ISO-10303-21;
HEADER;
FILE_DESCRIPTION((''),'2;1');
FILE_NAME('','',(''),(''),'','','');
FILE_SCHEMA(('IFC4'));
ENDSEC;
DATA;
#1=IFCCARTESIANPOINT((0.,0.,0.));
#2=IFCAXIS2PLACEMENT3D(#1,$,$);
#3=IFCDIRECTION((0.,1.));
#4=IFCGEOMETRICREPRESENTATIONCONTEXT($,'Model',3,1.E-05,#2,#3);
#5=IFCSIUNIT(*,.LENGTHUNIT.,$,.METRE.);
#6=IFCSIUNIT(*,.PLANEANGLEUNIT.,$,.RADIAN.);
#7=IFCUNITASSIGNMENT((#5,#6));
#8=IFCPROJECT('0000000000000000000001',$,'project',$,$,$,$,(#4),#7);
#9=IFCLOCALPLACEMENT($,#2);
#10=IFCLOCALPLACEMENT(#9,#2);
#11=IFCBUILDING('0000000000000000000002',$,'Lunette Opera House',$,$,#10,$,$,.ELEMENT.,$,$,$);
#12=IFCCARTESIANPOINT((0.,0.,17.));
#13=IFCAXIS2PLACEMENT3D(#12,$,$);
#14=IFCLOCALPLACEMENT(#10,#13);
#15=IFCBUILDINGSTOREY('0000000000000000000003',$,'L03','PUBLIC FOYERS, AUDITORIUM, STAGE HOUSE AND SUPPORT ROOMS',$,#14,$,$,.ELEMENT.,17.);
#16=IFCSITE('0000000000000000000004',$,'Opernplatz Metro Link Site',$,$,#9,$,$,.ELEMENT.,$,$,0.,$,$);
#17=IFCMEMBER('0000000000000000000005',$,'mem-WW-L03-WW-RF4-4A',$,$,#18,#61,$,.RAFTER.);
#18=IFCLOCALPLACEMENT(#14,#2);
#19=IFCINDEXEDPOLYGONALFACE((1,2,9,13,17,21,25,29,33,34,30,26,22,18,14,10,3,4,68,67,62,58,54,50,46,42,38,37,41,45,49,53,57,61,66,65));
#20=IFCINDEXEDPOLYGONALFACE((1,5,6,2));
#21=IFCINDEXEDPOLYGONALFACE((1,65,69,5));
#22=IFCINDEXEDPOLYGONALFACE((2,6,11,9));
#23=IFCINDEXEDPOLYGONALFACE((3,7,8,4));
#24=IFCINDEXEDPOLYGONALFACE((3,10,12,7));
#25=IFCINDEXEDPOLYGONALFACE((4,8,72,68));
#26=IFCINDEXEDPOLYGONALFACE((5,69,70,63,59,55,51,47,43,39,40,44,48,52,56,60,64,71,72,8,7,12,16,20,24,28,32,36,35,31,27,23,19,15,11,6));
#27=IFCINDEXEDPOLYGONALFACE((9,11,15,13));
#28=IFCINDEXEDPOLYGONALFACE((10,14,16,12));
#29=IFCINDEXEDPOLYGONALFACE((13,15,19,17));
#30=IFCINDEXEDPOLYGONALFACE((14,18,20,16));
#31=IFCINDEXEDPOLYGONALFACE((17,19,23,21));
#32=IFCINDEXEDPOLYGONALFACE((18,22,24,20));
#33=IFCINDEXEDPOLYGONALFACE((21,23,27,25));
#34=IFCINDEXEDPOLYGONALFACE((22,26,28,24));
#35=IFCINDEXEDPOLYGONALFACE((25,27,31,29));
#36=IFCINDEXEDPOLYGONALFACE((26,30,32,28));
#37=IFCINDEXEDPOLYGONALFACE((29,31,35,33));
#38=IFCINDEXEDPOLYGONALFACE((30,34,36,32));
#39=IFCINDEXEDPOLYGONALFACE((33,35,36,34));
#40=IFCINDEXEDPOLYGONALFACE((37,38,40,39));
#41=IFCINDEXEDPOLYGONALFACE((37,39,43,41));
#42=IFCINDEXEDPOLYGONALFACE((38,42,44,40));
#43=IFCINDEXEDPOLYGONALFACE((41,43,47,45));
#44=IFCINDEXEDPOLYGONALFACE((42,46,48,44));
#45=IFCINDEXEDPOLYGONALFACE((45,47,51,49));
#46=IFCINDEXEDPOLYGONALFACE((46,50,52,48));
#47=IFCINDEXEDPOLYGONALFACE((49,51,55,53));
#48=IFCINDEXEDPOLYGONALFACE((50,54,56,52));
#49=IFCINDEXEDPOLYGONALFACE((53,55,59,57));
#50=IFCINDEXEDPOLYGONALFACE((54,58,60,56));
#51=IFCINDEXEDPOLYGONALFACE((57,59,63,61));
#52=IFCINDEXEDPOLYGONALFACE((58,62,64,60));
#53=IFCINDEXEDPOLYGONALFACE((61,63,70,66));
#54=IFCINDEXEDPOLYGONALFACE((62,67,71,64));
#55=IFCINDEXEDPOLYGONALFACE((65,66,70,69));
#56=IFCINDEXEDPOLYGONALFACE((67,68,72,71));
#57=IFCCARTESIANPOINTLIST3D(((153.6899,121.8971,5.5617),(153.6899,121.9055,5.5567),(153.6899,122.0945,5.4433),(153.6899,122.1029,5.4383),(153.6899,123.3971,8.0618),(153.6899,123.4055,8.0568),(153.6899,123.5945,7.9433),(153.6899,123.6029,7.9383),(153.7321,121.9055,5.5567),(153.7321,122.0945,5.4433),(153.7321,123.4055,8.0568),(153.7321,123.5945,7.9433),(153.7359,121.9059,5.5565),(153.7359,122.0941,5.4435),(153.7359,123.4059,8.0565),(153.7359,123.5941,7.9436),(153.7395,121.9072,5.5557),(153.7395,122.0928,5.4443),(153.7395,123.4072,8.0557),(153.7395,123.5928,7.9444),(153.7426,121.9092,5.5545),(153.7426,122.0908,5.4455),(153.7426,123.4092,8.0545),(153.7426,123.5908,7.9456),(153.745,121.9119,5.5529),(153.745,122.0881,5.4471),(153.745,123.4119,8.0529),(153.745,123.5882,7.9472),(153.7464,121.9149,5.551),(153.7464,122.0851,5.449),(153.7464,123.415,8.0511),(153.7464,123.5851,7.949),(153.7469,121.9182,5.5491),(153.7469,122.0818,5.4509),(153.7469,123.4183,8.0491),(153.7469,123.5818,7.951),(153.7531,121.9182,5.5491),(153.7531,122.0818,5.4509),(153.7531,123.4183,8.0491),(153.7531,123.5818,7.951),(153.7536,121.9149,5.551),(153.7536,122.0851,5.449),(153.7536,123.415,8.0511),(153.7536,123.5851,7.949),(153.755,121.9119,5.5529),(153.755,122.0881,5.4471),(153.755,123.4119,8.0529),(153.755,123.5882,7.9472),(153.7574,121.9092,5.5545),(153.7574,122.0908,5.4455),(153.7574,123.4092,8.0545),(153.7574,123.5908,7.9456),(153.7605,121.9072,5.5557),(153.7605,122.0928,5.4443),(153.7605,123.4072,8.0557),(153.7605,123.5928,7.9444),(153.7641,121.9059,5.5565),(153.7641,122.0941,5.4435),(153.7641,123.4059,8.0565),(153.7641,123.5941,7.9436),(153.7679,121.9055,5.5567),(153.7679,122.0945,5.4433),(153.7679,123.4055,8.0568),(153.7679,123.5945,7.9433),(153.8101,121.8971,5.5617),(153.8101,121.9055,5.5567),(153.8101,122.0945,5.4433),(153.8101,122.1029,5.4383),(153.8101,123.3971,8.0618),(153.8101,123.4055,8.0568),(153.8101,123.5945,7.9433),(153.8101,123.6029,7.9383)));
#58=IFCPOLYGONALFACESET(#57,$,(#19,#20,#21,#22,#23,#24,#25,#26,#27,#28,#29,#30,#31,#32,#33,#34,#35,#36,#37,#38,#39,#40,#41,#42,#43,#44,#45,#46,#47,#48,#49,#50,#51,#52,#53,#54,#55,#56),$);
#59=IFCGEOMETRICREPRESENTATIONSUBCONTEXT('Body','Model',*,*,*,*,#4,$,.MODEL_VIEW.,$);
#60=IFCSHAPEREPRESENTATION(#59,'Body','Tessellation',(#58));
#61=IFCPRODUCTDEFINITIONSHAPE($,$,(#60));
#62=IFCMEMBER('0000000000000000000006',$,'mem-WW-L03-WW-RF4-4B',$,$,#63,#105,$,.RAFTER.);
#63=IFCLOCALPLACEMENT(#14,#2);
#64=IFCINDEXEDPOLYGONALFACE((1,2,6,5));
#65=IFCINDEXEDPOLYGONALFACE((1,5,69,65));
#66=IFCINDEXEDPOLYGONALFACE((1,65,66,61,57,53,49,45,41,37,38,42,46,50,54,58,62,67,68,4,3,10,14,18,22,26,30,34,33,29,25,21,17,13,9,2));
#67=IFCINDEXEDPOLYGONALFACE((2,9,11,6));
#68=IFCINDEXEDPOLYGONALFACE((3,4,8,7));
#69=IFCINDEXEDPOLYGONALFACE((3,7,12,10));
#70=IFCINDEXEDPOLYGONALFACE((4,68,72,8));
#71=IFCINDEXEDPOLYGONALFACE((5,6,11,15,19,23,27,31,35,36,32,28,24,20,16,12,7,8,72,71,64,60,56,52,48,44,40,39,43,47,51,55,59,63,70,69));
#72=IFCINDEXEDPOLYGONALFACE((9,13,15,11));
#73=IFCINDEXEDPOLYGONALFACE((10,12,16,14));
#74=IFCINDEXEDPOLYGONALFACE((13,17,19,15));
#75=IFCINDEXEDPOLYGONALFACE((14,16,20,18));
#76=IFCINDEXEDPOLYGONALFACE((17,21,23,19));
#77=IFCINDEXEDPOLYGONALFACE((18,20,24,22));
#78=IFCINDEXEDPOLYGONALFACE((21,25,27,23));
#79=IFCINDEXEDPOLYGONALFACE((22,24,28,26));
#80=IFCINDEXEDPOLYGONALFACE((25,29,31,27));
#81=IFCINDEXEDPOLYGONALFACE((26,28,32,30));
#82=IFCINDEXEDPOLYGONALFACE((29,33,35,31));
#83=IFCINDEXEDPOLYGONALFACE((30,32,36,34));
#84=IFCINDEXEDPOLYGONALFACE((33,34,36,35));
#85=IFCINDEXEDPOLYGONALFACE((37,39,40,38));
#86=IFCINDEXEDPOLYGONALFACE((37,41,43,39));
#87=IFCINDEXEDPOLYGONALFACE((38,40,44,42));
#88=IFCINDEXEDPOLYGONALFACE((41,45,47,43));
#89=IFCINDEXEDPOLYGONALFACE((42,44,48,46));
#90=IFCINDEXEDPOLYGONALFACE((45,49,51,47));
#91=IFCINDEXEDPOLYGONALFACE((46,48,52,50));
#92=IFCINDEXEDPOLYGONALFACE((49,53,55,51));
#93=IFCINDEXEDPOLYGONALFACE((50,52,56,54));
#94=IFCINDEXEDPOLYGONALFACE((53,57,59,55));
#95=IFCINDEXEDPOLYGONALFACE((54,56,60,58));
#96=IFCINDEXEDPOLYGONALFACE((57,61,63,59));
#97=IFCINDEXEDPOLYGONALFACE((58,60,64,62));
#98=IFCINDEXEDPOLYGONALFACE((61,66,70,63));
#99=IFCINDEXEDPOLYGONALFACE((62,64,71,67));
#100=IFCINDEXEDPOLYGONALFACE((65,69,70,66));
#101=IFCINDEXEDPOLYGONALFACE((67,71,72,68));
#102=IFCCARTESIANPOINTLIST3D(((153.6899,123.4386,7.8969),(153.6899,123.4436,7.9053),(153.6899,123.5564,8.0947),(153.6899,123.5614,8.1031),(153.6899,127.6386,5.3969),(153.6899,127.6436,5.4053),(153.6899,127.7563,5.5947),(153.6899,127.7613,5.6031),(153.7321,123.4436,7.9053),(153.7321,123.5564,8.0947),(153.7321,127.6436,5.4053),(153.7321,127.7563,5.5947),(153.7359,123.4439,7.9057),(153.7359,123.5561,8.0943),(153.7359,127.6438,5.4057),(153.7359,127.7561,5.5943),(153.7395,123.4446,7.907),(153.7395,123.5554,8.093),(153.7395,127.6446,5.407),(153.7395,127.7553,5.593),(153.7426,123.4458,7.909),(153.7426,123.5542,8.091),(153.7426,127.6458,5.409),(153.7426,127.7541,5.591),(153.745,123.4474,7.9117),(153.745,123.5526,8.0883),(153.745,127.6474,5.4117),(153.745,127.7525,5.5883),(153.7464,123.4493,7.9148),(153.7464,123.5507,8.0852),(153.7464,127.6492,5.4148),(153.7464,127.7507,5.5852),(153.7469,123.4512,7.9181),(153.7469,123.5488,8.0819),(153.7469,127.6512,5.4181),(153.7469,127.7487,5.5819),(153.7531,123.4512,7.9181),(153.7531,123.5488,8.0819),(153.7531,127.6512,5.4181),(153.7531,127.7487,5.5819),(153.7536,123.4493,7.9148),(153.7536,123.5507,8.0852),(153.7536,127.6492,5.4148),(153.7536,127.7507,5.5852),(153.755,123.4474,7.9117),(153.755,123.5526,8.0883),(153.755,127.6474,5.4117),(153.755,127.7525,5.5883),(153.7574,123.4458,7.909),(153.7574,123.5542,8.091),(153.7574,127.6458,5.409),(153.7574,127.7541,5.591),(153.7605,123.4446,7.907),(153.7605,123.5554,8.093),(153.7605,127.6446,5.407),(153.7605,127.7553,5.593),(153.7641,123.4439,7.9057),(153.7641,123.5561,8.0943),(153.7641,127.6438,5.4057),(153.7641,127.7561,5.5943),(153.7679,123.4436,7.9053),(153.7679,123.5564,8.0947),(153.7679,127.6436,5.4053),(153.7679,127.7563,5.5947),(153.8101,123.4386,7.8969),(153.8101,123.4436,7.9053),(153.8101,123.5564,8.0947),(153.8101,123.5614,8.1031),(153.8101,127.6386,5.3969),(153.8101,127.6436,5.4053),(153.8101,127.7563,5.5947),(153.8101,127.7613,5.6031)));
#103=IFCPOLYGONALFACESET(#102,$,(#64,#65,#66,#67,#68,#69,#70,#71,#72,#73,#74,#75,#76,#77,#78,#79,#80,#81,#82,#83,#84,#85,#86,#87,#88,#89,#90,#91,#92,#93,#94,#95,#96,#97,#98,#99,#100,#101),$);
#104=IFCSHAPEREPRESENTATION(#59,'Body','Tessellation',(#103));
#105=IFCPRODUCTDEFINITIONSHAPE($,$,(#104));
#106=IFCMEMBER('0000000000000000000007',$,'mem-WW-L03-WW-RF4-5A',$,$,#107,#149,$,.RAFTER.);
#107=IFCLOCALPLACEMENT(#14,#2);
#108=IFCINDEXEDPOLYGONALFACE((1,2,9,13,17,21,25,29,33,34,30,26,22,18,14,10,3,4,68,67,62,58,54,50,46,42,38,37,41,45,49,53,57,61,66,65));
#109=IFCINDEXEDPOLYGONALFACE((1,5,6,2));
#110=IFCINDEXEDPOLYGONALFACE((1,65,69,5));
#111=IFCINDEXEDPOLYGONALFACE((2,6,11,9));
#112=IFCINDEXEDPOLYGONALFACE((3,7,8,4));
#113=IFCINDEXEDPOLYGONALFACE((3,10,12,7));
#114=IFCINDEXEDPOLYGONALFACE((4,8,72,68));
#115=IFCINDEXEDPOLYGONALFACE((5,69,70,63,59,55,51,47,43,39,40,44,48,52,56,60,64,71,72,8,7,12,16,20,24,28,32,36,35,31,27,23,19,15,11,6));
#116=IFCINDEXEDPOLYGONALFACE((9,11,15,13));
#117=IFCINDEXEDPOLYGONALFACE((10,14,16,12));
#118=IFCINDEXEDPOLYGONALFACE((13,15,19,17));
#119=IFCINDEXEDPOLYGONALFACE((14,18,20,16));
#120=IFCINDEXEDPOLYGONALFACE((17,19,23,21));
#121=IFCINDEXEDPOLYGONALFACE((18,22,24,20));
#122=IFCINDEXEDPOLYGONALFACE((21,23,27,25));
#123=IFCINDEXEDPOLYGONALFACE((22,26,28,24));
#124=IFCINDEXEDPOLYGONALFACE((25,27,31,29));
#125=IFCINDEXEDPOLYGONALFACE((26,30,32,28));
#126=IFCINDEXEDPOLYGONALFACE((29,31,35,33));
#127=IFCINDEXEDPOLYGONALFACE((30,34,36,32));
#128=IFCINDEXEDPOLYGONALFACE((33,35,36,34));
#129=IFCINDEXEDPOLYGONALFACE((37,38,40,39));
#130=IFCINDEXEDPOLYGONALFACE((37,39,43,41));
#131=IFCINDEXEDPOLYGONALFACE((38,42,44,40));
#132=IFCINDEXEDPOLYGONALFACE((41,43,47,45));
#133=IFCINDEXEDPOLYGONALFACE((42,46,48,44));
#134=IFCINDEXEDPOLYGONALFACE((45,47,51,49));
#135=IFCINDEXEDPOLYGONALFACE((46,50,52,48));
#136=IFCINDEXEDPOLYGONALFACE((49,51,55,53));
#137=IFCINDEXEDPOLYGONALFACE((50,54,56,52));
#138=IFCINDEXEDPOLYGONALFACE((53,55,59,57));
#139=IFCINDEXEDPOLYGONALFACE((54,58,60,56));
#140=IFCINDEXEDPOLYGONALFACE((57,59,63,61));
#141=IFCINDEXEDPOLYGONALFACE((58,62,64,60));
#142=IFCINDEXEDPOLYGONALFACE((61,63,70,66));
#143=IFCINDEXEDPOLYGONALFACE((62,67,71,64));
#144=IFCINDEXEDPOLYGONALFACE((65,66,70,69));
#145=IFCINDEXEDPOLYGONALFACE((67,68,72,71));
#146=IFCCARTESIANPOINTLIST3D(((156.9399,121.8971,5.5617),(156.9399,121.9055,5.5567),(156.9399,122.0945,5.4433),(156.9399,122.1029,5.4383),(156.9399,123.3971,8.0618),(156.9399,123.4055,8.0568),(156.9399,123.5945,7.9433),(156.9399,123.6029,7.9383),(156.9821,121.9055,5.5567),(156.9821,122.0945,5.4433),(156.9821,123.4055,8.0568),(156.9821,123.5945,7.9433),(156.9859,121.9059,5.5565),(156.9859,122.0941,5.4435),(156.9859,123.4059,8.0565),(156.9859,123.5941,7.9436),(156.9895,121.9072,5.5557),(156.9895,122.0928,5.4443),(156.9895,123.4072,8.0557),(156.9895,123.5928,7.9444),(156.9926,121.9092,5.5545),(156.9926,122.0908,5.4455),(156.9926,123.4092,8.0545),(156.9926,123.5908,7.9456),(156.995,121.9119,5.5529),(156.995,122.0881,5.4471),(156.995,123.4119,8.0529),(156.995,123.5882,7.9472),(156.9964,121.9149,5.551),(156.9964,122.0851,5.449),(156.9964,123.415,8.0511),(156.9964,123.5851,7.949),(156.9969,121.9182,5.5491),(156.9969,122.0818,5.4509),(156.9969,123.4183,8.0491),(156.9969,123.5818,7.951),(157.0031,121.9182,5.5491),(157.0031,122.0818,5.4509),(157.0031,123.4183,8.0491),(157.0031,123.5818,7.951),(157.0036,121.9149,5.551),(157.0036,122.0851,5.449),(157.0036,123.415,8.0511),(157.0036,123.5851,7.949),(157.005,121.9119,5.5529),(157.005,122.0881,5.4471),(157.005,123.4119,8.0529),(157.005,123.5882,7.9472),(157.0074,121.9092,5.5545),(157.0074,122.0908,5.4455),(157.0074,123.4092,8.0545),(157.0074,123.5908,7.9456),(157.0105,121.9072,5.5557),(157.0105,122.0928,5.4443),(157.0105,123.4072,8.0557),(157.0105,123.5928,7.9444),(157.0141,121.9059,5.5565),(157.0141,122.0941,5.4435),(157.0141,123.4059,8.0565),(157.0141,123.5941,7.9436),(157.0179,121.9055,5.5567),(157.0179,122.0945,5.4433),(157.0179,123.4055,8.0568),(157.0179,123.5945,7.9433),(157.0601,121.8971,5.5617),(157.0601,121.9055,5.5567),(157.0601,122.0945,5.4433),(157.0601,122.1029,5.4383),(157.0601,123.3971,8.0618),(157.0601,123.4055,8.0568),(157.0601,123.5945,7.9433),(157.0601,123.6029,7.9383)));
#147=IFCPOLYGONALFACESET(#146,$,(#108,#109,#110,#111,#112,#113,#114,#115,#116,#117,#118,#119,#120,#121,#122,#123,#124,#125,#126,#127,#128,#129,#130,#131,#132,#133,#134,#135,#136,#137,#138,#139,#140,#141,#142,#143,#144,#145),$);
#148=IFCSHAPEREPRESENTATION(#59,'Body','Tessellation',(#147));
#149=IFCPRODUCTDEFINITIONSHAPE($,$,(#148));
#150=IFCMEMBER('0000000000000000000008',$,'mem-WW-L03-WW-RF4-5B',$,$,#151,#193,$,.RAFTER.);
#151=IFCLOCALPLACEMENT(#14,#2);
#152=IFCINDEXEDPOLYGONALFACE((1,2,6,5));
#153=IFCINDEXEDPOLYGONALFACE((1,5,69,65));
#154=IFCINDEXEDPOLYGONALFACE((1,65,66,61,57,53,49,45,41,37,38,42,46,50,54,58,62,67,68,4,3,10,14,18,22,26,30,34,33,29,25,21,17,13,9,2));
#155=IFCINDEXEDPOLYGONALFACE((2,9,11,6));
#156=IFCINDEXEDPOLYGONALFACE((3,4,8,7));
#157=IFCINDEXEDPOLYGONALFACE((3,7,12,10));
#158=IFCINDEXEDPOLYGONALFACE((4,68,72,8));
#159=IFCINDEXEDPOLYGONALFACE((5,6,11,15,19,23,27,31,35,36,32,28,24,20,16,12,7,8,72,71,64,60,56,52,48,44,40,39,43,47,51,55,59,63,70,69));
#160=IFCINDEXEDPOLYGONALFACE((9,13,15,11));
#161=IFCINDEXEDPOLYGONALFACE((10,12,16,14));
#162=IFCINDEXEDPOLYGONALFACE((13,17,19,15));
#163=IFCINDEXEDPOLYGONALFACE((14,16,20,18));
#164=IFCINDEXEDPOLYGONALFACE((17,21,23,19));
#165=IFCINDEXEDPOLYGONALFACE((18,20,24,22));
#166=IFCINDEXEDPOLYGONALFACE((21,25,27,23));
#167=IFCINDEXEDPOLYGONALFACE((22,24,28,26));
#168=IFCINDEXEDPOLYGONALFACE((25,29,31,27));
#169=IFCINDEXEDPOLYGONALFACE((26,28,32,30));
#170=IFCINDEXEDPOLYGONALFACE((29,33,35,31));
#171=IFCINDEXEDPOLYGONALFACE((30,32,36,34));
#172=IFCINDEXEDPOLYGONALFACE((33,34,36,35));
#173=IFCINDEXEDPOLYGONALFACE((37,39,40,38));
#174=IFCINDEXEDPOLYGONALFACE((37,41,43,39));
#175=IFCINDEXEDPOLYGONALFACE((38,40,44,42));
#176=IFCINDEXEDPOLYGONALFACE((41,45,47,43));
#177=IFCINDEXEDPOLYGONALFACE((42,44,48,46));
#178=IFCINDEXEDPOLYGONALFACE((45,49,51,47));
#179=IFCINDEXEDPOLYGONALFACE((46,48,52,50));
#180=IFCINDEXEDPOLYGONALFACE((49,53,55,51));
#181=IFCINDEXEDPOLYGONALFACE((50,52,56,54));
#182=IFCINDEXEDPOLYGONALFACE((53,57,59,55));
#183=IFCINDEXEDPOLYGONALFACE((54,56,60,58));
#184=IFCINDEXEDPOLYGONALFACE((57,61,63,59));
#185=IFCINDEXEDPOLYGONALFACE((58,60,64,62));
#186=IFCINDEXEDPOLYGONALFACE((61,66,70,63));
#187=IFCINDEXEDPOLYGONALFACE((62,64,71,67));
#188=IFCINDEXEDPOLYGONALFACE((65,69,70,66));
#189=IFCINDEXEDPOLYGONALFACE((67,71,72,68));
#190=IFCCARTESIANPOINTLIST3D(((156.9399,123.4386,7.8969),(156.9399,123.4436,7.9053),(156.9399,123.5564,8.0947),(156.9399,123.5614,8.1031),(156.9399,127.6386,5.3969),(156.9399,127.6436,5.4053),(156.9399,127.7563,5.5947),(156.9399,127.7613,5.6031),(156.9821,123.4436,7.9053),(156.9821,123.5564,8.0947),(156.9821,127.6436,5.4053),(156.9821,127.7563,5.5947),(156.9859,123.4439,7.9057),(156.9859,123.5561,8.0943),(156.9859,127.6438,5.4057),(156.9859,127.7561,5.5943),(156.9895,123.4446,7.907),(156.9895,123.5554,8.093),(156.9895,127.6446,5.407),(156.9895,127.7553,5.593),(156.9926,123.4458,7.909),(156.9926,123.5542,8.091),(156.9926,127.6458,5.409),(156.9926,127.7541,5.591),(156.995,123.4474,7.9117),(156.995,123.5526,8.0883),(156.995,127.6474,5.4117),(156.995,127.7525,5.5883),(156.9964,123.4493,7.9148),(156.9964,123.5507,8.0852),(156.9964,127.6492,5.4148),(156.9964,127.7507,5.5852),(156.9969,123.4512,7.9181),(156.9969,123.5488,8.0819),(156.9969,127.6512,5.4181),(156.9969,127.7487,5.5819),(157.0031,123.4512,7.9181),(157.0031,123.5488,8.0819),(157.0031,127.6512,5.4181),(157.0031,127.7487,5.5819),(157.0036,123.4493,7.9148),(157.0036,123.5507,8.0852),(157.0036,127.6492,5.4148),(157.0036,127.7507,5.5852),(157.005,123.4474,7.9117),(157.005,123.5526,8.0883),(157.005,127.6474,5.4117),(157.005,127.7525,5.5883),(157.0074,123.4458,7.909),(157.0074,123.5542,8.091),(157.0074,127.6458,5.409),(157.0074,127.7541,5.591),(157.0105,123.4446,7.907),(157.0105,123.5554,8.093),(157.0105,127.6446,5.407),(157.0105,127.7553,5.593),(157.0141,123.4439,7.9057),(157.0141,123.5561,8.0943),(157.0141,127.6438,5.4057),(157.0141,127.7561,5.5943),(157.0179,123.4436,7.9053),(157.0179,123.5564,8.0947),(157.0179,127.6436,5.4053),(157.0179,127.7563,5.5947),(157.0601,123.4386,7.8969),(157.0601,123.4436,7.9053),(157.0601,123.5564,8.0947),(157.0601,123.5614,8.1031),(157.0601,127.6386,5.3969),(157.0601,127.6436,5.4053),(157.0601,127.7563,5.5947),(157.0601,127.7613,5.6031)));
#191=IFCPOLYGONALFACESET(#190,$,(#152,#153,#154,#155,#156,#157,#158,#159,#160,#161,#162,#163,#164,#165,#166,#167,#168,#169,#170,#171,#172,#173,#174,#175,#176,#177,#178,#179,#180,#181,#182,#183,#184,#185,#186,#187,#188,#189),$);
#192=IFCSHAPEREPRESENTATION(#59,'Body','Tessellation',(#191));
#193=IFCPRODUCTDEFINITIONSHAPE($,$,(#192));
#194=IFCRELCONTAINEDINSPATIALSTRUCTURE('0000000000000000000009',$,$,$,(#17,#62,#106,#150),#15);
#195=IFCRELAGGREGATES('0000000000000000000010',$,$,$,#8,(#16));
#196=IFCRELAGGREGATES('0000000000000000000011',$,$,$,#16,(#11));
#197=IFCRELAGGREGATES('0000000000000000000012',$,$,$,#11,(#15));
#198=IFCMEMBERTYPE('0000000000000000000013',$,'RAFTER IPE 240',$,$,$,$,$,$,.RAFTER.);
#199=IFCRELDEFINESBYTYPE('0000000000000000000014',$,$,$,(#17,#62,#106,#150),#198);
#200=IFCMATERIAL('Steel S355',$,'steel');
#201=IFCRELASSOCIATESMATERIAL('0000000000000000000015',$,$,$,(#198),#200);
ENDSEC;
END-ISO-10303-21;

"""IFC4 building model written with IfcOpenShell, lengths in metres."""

from ifc_helpers import new_model, si_unit, direction, frame, origin, origin_2d, place, context, subcontext, project, spatial, i_section, extrude, material, material_profile, profile_set, type_object, element, save


model = new_model("IFC4")

# Units and contexts
model_context = context("Model", 3, precision=1e-05, world=origin(), true_north=direction((0.0, 1.0)))
body_context = subcontext(model_context, "Body", "Model", "MODEL_VIEW")
ifc_project = project(units=[si_unit("LENGTHUNIT", "METRE"), si_unit("PLANEANGLEUNIT", "RADIAN")], contexts=[model_context])

# Site, building, storey
site_placement = place(None, origin())
site = spatial("IfcSite", under=ifc_project, at=site_placement, Name="Opernplatz Metro Link Site", CompositionType="ELEMENT", RefElevation=0.0)
building_placement = place(site_placement, origin())
building = spatial("IfcBuilding", under=site, at=building_placement, Name="Lunette Opera House", CompositionType="ELEMENT")
storey_placement = place(building_placement, frame((0.0, 0.0, 17.0)))
storey = spatial("IfcBuildingStorey", under=building, at=storey_placement, Name="L03", Description="PUBLIC FOYERS, AUDITORIUM, STAGE HOUSE AND SUPPORT ROOMS", CompositionType="ELEMENT", Elevation=17.0)

# Members
ifc_material_1 = material(Name="Steel S355", Category="steel")
ifc_material_profile_1 = material_profile(ifc_material_1, i_section(OverallWidth=0.1201, OverallDepth=0.24, WebThickness=0.0061, FlangeThickness=0.0098, FilletRadius=0.0149, at=origin_2d()), Name="IPE 240")
ifc_profile_set_1 = profile_set([ifc_material_profile_1], Name="Steel S355")
member_type_1 = type_object("IfcMemberType", Name="RAFTER IPE 240", PredefinedType="RAFTER", material=ifc_profile_set_1)
member_1_placement = place(storey_placement, frame((153.75, 122.0, 5.5), z_axis=(0.0, 0.514496, 0.857493), x_axis=(-1.0, 0.0, 0.0)))
element("IfcMember", 1, at=member_1_placement, inside=storey, type_object=member_type_1, Name="mem-WW-L03-WW-RF4-4A", PredefinedType="RAFTER", context=body_context, shape_type="SweptSolid", body=[
    extrude(i_section(OverallWidth=0.1201, OverallDepth=0.24, WebThickness=0.0061, FlangeThickness=0.0098, FilletRadius=0.0149, at=origin_2d()), origin(), (0.0, 0.0, 1.0), 2.9155),
])
member_2_placement = place(storey_placement, frame((153.75, 123.5, 8.0), z_axis=(0.0, 0.85929, -0.511488), x_axis=(-1.0, 0.0, 0.0)))
element("IfcMember", 2, at=member_2_placement, inside=storey, type_object=member_type_1, Name="mem-WW-L03-WW-RF4-4B", PredefinedType="RAFTER", context=body_context, shape_type="SweptSolid", body=[
    extrude(i_section(OverallWidth=0.1201, OverallDepth=0.24, WebThickness=0.0061, FlangeThickness=0.0098, FilletRadius=0.0149, at=origin_2d()), origin(), (0.0, 0.0, 1.0), 4.8877),
])
member_3_placement = place(storey_placement, frame((157.0, 122.0, 5.5), z_axis=(0.0, 0.514496, 0.857493), x_axis=(-1.0, 0.0, 0.0)))
element("IfcMember", 3, at=member_3_placement, inside=storey, type_object=member_type_1, Name="mem-WW-L03-WW-RF4-5A", PredefinedType="RAFTER", context=body_context, shape_type="SweptSolid", body=[
    extrude(i_section(OverallWidth=0.1201, OverallDepth=0.24, WebThickness=0.0061, FlangeThickness=0.0098, FilletRadius=0.0149, at=origin_2d()), origin(), (0.0, 0.0, 1.0), 2.9155),
])
member_4_placement = place(storey_placement, frame((157.0, 123.5, 8.0), z_axis=(0.0, 0.85929, -0.511488), x_axis=(-1.0, 0.0, 0.0)))
element("IfcMember", 4, at=member_4_placement, inside=storey, type_object=member_type_1, Name="mem-WW-L03-WW-RF4-5B", PredefinedType="RAFTER", context=body_context, shape_type="SweptSolid", body=[
    extrude(i_section(OverallWidth=0.1201, OverallDepth=0.24, WebThickness=0.0061, FlangeThickness=0.0098, FilletRadius=0.0149, at=origin_2d()), origin(), (0.0, 0.0, 1.0), 4.8877),
])

save(model, "model.ifc")
